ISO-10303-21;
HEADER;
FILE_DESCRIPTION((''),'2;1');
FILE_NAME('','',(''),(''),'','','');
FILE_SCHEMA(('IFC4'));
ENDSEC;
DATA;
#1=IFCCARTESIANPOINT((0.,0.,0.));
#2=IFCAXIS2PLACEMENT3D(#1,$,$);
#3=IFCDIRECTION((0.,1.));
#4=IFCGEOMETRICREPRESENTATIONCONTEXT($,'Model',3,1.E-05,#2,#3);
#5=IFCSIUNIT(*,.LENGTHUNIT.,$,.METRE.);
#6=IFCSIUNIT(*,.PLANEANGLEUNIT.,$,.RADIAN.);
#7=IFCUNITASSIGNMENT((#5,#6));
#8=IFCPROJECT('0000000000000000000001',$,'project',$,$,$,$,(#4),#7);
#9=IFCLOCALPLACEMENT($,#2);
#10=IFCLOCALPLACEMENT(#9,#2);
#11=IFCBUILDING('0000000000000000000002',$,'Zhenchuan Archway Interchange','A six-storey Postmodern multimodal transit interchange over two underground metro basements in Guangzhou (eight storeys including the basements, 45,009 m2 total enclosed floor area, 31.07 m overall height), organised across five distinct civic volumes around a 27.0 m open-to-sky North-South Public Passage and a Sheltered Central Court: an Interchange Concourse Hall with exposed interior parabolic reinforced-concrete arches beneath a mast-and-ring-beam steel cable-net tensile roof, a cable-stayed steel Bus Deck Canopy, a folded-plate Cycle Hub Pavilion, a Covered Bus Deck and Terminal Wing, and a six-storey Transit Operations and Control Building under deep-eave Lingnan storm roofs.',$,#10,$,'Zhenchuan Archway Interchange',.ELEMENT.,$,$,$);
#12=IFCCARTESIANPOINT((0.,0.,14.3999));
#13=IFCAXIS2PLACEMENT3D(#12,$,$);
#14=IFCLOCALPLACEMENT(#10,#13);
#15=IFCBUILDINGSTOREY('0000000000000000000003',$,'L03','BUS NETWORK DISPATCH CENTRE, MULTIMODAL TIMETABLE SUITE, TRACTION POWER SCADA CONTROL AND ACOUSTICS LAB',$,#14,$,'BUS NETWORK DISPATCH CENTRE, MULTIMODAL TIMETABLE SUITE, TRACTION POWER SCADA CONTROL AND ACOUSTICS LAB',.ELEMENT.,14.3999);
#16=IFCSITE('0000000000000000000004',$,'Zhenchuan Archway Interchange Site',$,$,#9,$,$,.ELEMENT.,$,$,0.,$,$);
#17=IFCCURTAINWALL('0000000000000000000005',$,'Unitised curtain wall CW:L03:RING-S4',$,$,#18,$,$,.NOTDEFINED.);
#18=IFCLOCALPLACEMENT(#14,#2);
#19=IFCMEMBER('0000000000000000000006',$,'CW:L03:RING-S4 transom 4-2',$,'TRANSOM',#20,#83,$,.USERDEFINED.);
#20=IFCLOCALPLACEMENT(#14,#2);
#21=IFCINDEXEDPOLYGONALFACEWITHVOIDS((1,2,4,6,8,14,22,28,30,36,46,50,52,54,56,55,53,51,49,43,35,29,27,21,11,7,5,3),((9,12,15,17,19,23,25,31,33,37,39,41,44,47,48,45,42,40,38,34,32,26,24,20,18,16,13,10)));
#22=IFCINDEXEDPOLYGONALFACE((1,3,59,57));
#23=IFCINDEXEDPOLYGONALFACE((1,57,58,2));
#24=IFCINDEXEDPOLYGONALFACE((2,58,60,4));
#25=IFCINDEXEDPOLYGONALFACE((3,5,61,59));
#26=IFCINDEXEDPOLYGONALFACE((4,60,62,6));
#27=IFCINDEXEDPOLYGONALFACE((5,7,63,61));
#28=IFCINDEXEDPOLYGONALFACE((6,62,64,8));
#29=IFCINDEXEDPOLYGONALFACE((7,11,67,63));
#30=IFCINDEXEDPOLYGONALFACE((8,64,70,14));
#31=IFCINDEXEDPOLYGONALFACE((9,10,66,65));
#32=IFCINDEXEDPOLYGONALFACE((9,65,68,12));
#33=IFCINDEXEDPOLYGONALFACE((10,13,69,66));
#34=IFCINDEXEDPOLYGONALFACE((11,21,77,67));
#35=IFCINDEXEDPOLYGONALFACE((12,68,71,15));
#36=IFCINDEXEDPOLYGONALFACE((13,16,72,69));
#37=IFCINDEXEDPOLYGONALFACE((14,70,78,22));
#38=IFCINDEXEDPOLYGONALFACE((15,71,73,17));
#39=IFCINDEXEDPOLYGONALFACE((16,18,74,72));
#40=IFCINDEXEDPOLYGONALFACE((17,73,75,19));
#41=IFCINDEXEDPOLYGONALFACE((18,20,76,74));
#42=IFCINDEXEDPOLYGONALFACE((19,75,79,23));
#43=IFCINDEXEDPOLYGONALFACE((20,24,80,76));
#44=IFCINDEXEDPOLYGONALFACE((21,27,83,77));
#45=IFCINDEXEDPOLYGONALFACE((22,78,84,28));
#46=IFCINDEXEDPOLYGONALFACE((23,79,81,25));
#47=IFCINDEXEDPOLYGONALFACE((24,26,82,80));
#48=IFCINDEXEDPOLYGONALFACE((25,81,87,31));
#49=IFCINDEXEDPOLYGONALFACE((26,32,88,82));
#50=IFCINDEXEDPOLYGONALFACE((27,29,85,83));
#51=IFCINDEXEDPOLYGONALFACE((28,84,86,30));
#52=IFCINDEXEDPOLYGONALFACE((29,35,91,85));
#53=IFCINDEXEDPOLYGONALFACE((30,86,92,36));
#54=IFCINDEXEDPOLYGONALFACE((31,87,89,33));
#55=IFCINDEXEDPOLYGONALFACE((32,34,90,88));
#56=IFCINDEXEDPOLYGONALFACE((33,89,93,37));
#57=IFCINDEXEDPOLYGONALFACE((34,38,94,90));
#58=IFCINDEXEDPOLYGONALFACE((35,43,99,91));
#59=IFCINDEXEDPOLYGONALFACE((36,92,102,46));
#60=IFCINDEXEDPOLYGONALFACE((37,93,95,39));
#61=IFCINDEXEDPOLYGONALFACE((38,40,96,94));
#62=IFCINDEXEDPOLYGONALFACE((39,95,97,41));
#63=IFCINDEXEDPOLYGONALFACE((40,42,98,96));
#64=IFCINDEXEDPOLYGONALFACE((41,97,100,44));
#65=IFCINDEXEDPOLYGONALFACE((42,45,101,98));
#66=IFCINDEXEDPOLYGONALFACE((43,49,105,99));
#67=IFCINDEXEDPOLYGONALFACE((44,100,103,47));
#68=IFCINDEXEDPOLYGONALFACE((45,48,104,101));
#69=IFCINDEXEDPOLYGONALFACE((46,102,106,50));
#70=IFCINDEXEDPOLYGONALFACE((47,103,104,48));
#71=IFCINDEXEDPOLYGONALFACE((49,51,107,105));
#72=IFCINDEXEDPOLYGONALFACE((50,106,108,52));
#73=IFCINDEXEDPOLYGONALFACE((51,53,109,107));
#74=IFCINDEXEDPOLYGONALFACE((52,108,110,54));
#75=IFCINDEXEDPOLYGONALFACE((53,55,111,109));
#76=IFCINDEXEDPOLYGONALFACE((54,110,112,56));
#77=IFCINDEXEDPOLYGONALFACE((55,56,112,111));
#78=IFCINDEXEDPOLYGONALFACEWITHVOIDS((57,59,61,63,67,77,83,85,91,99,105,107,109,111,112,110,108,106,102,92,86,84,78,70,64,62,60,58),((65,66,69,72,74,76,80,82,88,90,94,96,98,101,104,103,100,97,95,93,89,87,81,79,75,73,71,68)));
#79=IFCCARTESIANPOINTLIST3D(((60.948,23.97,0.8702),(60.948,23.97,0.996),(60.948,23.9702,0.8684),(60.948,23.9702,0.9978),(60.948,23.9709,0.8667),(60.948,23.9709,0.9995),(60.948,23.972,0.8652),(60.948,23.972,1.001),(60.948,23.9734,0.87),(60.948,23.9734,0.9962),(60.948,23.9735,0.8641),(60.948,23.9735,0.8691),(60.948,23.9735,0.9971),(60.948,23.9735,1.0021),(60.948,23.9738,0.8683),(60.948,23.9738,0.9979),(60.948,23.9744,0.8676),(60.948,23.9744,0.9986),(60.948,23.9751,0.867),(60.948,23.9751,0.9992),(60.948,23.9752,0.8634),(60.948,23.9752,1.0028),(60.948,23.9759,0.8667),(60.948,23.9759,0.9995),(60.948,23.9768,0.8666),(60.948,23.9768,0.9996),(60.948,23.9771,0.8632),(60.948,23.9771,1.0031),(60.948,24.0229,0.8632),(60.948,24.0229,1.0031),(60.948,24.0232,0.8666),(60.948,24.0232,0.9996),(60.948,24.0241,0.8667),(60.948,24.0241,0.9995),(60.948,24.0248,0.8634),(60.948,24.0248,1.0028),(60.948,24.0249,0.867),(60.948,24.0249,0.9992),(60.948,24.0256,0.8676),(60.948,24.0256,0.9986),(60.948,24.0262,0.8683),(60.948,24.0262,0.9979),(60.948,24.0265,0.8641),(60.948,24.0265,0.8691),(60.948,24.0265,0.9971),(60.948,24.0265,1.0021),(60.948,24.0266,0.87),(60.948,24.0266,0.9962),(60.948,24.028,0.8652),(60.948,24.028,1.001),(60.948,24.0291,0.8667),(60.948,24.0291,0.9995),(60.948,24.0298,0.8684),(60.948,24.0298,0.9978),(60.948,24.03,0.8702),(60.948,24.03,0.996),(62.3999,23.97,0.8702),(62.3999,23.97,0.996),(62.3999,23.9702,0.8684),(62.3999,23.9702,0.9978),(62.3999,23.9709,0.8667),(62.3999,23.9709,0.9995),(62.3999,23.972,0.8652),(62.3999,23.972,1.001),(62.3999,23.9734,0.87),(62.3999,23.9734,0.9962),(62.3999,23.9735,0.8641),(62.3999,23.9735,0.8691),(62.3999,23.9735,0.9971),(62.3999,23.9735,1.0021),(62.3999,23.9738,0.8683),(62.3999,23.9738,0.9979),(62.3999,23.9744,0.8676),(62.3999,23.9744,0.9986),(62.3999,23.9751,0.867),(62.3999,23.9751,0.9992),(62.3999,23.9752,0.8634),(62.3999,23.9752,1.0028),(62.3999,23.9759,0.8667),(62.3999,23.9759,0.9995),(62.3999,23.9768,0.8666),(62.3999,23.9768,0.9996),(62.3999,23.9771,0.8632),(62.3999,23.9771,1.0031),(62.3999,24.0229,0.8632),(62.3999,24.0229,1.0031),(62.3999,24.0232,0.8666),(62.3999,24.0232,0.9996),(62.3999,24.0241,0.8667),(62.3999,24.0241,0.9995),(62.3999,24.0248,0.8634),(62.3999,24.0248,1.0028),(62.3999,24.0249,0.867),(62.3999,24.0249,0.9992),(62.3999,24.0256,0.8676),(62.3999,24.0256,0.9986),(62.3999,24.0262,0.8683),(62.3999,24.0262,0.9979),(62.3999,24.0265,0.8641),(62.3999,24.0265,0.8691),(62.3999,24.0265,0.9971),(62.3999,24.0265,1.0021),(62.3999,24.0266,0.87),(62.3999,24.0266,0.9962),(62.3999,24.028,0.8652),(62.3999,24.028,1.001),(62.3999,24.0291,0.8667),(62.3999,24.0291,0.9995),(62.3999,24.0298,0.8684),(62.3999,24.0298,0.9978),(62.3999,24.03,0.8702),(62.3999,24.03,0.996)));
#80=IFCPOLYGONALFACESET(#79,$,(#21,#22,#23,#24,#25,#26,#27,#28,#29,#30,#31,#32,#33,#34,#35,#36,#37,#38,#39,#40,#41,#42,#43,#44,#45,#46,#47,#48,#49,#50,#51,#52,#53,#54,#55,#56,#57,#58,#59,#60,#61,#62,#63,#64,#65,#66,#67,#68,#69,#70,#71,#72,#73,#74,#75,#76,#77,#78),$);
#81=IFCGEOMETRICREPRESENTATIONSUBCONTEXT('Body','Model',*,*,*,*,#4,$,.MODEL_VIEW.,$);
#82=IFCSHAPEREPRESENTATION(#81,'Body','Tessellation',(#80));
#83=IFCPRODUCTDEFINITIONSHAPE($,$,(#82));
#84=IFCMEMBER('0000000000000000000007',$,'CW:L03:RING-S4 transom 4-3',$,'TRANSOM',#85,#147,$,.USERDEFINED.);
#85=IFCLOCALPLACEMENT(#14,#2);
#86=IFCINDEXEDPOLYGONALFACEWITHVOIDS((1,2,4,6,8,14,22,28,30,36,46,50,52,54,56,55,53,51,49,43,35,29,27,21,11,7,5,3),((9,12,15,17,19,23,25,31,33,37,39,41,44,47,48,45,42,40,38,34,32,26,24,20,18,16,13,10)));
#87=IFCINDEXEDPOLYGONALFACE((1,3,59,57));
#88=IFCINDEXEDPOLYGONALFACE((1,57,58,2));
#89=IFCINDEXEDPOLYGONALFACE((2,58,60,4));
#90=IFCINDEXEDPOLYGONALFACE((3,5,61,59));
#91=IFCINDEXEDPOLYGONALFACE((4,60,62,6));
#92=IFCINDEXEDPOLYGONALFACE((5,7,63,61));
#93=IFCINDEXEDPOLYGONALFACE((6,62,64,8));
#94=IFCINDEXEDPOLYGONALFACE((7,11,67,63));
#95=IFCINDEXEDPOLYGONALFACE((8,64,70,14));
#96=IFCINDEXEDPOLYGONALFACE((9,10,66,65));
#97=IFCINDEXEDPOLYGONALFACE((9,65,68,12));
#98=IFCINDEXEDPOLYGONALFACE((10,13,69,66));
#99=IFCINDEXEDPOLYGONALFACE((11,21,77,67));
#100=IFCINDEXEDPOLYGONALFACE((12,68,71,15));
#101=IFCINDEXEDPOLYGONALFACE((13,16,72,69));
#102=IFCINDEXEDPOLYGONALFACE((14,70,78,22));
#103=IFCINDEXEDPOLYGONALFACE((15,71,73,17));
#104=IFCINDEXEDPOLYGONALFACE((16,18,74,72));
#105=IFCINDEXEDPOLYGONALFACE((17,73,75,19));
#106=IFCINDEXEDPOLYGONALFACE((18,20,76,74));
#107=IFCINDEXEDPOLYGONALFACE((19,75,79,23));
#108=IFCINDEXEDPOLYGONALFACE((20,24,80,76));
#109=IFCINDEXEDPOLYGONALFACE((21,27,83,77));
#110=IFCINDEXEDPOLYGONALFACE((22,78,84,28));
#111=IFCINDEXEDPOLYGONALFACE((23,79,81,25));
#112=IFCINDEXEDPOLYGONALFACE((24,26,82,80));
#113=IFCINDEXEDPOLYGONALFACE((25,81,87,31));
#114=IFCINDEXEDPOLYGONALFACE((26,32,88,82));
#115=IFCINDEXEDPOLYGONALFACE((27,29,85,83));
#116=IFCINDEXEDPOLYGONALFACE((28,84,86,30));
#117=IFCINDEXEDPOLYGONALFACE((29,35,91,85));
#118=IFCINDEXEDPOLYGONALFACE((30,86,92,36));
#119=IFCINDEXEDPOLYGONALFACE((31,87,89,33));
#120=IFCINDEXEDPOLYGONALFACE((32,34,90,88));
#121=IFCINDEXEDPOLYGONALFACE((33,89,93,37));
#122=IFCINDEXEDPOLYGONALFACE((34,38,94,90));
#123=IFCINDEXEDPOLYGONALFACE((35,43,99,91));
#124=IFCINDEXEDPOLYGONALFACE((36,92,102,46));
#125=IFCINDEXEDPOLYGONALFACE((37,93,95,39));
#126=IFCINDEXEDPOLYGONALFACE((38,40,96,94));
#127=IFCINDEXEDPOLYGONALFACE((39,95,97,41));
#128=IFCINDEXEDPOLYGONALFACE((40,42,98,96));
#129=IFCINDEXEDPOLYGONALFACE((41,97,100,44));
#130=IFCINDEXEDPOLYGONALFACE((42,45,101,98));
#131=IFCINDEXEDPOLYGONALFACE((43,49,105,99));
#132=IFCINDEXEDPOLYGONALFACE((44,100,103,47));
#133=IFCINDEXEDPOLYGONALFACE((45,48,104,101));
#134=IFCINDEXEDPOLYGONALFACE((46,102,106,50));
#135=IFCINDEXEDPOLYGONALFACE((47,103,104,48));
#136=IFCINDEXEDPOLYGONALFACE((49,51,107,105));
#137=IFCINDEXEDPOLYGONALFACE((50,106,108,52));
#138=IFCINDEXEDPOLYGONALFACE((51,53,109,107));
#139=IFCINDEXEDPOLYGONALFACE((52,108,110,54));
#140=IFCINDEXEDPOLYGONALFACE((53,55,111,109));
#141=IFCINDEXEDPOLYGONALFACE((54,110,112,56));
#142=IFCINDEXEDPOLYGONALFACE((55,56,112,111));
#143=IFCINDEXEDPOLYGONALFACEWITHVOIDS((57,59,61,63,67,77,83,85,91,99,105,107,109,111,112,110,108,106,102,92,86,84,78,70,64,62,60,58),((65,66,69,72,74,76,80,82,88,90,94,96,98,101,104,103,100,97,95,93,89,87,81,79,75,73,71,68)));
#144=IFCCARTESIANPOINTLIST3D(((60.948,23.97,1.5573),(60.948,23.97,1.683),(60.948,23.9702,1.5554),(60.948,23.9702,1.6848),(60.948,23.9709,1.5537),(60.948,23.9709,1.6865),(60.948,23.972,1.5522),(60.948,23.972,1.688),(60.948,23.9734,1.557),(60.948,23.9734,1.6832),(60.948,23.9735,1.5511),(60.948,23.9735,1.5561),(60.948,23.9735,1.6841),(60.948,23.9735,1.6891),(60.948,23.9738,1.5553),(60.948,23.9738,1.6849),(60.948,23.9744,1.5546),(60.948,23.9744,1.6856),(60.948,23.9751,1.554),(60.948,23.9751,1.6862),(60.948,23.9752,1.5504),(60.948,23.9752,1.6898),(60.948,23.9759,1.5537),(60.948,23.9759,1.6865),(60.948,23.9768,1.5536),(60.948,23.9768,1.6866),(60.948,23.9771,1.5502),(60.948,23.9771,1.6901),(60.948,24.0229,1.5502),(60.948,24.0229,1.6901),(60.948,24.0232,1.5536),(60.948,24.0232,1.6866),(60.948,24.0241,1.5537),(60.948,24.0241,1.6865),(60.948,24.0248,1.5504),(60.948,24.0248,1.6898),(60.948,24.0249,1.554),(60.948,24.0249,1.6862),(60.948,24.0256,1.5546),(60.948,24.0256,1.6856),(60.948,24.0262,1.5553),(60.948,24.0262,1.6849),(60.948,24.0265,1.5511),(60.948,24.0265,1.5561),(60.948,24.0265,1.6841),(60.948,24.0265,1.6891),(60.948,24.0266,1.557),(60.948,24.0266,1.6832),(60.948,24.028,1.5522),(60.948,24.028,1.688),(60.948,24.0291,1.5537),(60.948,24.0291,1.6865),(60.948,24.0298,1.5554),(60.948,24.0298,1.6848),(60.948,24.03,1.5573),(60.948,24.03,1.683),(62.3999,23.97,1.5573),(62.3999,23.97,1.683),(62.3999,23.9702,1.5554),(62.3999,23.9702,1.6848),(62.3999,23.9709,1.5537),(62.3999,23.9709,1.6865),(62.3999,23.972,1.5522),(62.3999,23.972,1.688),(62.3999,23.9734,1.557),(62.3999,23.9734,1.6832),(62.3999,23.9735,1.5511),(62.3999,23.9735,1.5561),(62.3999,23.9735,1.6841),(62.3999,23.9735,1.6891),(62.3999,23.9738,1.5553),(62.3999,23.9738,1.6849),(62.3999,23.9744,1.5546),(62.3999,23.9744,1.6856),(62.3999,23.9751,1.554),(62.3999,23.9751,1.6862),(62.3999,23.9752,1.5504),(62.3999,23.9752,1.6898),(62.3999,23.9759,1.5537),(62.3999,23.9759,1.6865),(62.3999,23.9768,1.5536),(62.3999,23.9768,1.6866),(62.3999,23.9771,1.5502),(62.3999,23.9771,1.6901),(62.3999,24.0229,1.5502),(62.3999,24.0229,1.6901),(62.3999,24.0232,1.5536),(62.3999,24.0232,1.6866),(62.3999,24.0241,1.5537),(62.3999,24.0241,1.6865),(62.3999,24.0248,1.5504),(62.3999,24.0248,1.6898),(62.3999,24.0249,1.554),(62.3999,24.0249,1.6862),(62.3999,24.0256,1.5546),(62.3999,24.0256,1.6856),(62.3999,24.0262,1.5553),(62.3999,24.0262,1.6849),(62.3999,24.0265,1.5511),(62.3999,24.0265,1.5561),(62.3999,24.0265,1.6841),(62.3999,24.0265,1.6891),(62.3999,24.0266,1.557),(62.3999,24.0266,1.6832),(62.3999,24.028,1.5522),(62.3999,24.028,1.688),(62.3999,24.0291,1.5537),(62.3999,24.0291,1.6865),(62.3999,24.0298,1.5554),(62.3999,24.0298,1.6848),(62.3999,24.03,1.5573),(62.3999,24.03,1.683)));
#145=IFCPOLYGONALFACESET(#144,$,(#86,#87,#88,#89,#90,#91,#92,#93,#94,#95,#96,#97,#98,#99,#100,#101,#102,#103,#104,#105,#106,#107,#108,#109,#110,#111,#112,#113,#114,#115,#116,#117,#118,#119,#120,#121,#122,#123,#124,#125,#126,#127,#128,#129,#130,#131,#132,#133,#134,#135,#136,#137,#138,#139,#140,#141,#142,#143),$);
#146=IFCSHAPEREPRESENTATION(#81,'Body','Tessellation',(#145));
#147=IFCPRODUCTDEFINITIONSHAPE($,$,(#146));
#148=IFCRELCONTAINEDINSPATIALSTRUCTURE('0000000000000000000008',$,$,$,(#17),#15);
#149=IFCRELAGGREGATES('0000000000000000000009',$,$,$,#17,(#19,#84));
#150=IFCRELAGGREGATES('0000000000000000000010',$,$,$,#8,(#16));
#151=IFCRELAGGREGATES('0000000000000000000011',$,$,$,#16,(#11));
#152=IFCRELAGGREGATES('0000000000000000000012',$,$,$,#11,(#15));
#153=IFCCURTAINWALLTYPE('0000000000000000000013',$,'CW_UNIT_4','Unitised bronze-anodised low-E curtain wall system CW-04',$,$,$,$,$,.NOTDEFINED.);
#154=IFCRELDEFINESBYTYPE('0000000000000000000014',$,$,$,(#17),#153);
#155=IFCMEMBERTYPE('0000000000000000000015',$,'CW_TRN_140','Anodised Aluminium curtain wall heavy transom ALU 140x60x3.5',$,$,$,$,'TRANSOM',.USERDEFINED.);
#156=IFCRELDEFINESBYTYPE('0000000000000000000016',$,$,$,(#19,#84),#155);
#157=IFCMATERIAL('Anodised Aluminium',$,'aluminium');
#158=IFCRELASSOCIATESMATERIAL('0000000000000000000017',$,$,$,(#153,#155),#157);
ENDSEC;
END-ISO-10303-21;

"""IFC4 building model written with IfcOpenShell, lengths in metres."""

from ifc_helpers import new_model, si_unit, direction, frame, origin, origin_2d, place, context, subcontext, project, spatial, hollow_rectangle, extrude, material, material_profile, profile_set, type_object, element, aggregate, save


model = new_model("IFC4")

# Units and contexts
model_context = context("Model", 3, precision=1e-05, world=origin(), true_north=direction((0.0, 1.0)))
body_context = subcontext(model_context, "Body", "Model", "MODEL_VIEW")
ifc_project = project(units=[si_unit("LENGTHUNIT", "METRE"), si_unit("PLANEANGLEUNIT", "RADIAN")], contexts=[model_context])

# Site, building, storey
site_placement = place(None, origin())
site = spatial("IfcSite", under=ifc_project, at=site_placement, Name="Zhenchuan Archway Interchange Site", CompositionType="ELEMENT", RefElevation=0.0)
building_placement = place(site_placement, origin())
building = spatial("IfcBuilding", under=site, at=building_placement, Name="Zhenchuan Archway Interchange", Description="A six-storey Postmodern multimodal transit interchange over two underground metro basements in Guangzhou (eight storeys including the basements, 45,009 m2 total enclosed floor area, 31.07 m overall height), organised across five distinct civic volumes around a 27.0 m open-to-sky North-South Public Passage and a Sheltered Central Court: an Interchange Concourse Hall with exposed interior parabolic reinforced-concrete arches beneath a mast-and-ring-beam steel cable-net tensile roof, a cable-stayed steel Bus Deck Canopy, a folded-plate Cycle Hub Pavilion, a Covered Bus Deck and Terminal Wing, and a six-storey Transit Operations and Control Building under deep-eave Lingnan storm roofs.", LongName="Zhenchuan Archway Interchange", CompositionType="ELEMENT")
storey_placement = place(building_placement, frame((0.0, 0.0, 14.3999)))
storey = spatial("IfcBuildingStorey", under=building, at=storey_placement, Name="L03", Description="BUS NETWORK DISPATCH CENTRE, MULTIMODAL TIMETABLE SUITE, TRACTION POWER SCADA CONTROL AND ACOUSTICS LAB", LongName="BUS NETWORK DISPATCH CENTRE, MULTIMODAL TIMETABLE SUITE, TRACTION POWER SCADA CONTROL AND ACOUSTICS LAB", CompositionType="ELEMENT", Elevation=14.3999)

# Curtain wall
ifc_material_1 = material(Name="Anodised Aluminium", Category="aluminium")
curtain_wall_type = type_object("IfcCurtainWallType", Name="CW_UNIT_4", Description="Unitised bronze-anodised low-E curtain wall system CW-04", PredefinedType="NOTDEFINED", material=ifc_material_1)
curtain_wall_1_placement = place(storey_placement, origin())
curtain_wall_1 = element("IfcCurtainWall", 1, at=curtain_wall_1_placement, inside=storey, type_object=curtain_wall_type, Name="Unitised curtain wall CW:L03:RING-S4", PredefinedType="NOTDEFINED")

# Members
ifc_material_profile_1 = material_profile(ifc_material_1, hollow_rectangle(XDim=0.0601, YDim=0.1399, WallThickness=0.0034, InnerFilletRadius=0.0034, OuterFilletRadius=0.0071, at=origin_2d()), Name="ALU 140x60x3.5")
ifc_profile_set_1 = profile_set([ifc_material_profile_1], Name="Anodised Aluminium")
member_type_1 = type_object("IfcMemberType", Name="CW_TRN_140", Description="Anodised Aluminium curtain wall heavy transom ALU 140x60x3.5", ElementType="TRANSOM", PredefinedType="USERDEFINED", material=ifc_profile_set_1)
member_1_placement = place(storey_placement, frame((60.948, 24.0, 0.9331), z_axis=(1.0, 0.0, 0.0), x_axis=(0.0, 1.0, 0.0)))
member_1 = element("IfcMember", 2, at=member_1_placement, type_object=member_type_1, Name="CW:L03:RING-S4 transom 4-2", ObjectType="TRANSOM", PredefinedType="USERDEFINED", context=body_context, shape_type="SweptSolid", body=[
    extrude(hollow_rectangle(XDim=0.0601, YDim=0.1399, WallThickness=0.0034, InnerFilletRadius=0.0034, OuterFilletRadius=0.0071, at=origin_2d()), origin(), (0.0, 0.0, 1.0), 1.4519),
])
member_2_placement = place(storey_placement, frame((60.948, 24.0, 1.6201), z_axis=(1.0, 0.0, 0.0), x_axis=(0.0, 1.0, 0.0)))
member_2 = element("IfcMember", 3, at=member_2_placement, type_object=member_type_1, Name="CW:L03:RING-S4 transom 4-3", ObjectType="TRANSOM", PredefinedType="USERDEFINED", context=body_context, shape_type="SweptSolid", body=[
    extrude(hollow_rectangle(XDim=0.0601, YDim=0.1399, WallThickness=0.0034, InnerFilletRadius=0.0034, OuterFilletRadius=0.0071, at=origin_2d()), origin(), (0.0, 0.0, 1.0), 1.4519),
])

aggregate(curtain_wall_1, [member_1, member_2])

save(model, "model.ifc")
